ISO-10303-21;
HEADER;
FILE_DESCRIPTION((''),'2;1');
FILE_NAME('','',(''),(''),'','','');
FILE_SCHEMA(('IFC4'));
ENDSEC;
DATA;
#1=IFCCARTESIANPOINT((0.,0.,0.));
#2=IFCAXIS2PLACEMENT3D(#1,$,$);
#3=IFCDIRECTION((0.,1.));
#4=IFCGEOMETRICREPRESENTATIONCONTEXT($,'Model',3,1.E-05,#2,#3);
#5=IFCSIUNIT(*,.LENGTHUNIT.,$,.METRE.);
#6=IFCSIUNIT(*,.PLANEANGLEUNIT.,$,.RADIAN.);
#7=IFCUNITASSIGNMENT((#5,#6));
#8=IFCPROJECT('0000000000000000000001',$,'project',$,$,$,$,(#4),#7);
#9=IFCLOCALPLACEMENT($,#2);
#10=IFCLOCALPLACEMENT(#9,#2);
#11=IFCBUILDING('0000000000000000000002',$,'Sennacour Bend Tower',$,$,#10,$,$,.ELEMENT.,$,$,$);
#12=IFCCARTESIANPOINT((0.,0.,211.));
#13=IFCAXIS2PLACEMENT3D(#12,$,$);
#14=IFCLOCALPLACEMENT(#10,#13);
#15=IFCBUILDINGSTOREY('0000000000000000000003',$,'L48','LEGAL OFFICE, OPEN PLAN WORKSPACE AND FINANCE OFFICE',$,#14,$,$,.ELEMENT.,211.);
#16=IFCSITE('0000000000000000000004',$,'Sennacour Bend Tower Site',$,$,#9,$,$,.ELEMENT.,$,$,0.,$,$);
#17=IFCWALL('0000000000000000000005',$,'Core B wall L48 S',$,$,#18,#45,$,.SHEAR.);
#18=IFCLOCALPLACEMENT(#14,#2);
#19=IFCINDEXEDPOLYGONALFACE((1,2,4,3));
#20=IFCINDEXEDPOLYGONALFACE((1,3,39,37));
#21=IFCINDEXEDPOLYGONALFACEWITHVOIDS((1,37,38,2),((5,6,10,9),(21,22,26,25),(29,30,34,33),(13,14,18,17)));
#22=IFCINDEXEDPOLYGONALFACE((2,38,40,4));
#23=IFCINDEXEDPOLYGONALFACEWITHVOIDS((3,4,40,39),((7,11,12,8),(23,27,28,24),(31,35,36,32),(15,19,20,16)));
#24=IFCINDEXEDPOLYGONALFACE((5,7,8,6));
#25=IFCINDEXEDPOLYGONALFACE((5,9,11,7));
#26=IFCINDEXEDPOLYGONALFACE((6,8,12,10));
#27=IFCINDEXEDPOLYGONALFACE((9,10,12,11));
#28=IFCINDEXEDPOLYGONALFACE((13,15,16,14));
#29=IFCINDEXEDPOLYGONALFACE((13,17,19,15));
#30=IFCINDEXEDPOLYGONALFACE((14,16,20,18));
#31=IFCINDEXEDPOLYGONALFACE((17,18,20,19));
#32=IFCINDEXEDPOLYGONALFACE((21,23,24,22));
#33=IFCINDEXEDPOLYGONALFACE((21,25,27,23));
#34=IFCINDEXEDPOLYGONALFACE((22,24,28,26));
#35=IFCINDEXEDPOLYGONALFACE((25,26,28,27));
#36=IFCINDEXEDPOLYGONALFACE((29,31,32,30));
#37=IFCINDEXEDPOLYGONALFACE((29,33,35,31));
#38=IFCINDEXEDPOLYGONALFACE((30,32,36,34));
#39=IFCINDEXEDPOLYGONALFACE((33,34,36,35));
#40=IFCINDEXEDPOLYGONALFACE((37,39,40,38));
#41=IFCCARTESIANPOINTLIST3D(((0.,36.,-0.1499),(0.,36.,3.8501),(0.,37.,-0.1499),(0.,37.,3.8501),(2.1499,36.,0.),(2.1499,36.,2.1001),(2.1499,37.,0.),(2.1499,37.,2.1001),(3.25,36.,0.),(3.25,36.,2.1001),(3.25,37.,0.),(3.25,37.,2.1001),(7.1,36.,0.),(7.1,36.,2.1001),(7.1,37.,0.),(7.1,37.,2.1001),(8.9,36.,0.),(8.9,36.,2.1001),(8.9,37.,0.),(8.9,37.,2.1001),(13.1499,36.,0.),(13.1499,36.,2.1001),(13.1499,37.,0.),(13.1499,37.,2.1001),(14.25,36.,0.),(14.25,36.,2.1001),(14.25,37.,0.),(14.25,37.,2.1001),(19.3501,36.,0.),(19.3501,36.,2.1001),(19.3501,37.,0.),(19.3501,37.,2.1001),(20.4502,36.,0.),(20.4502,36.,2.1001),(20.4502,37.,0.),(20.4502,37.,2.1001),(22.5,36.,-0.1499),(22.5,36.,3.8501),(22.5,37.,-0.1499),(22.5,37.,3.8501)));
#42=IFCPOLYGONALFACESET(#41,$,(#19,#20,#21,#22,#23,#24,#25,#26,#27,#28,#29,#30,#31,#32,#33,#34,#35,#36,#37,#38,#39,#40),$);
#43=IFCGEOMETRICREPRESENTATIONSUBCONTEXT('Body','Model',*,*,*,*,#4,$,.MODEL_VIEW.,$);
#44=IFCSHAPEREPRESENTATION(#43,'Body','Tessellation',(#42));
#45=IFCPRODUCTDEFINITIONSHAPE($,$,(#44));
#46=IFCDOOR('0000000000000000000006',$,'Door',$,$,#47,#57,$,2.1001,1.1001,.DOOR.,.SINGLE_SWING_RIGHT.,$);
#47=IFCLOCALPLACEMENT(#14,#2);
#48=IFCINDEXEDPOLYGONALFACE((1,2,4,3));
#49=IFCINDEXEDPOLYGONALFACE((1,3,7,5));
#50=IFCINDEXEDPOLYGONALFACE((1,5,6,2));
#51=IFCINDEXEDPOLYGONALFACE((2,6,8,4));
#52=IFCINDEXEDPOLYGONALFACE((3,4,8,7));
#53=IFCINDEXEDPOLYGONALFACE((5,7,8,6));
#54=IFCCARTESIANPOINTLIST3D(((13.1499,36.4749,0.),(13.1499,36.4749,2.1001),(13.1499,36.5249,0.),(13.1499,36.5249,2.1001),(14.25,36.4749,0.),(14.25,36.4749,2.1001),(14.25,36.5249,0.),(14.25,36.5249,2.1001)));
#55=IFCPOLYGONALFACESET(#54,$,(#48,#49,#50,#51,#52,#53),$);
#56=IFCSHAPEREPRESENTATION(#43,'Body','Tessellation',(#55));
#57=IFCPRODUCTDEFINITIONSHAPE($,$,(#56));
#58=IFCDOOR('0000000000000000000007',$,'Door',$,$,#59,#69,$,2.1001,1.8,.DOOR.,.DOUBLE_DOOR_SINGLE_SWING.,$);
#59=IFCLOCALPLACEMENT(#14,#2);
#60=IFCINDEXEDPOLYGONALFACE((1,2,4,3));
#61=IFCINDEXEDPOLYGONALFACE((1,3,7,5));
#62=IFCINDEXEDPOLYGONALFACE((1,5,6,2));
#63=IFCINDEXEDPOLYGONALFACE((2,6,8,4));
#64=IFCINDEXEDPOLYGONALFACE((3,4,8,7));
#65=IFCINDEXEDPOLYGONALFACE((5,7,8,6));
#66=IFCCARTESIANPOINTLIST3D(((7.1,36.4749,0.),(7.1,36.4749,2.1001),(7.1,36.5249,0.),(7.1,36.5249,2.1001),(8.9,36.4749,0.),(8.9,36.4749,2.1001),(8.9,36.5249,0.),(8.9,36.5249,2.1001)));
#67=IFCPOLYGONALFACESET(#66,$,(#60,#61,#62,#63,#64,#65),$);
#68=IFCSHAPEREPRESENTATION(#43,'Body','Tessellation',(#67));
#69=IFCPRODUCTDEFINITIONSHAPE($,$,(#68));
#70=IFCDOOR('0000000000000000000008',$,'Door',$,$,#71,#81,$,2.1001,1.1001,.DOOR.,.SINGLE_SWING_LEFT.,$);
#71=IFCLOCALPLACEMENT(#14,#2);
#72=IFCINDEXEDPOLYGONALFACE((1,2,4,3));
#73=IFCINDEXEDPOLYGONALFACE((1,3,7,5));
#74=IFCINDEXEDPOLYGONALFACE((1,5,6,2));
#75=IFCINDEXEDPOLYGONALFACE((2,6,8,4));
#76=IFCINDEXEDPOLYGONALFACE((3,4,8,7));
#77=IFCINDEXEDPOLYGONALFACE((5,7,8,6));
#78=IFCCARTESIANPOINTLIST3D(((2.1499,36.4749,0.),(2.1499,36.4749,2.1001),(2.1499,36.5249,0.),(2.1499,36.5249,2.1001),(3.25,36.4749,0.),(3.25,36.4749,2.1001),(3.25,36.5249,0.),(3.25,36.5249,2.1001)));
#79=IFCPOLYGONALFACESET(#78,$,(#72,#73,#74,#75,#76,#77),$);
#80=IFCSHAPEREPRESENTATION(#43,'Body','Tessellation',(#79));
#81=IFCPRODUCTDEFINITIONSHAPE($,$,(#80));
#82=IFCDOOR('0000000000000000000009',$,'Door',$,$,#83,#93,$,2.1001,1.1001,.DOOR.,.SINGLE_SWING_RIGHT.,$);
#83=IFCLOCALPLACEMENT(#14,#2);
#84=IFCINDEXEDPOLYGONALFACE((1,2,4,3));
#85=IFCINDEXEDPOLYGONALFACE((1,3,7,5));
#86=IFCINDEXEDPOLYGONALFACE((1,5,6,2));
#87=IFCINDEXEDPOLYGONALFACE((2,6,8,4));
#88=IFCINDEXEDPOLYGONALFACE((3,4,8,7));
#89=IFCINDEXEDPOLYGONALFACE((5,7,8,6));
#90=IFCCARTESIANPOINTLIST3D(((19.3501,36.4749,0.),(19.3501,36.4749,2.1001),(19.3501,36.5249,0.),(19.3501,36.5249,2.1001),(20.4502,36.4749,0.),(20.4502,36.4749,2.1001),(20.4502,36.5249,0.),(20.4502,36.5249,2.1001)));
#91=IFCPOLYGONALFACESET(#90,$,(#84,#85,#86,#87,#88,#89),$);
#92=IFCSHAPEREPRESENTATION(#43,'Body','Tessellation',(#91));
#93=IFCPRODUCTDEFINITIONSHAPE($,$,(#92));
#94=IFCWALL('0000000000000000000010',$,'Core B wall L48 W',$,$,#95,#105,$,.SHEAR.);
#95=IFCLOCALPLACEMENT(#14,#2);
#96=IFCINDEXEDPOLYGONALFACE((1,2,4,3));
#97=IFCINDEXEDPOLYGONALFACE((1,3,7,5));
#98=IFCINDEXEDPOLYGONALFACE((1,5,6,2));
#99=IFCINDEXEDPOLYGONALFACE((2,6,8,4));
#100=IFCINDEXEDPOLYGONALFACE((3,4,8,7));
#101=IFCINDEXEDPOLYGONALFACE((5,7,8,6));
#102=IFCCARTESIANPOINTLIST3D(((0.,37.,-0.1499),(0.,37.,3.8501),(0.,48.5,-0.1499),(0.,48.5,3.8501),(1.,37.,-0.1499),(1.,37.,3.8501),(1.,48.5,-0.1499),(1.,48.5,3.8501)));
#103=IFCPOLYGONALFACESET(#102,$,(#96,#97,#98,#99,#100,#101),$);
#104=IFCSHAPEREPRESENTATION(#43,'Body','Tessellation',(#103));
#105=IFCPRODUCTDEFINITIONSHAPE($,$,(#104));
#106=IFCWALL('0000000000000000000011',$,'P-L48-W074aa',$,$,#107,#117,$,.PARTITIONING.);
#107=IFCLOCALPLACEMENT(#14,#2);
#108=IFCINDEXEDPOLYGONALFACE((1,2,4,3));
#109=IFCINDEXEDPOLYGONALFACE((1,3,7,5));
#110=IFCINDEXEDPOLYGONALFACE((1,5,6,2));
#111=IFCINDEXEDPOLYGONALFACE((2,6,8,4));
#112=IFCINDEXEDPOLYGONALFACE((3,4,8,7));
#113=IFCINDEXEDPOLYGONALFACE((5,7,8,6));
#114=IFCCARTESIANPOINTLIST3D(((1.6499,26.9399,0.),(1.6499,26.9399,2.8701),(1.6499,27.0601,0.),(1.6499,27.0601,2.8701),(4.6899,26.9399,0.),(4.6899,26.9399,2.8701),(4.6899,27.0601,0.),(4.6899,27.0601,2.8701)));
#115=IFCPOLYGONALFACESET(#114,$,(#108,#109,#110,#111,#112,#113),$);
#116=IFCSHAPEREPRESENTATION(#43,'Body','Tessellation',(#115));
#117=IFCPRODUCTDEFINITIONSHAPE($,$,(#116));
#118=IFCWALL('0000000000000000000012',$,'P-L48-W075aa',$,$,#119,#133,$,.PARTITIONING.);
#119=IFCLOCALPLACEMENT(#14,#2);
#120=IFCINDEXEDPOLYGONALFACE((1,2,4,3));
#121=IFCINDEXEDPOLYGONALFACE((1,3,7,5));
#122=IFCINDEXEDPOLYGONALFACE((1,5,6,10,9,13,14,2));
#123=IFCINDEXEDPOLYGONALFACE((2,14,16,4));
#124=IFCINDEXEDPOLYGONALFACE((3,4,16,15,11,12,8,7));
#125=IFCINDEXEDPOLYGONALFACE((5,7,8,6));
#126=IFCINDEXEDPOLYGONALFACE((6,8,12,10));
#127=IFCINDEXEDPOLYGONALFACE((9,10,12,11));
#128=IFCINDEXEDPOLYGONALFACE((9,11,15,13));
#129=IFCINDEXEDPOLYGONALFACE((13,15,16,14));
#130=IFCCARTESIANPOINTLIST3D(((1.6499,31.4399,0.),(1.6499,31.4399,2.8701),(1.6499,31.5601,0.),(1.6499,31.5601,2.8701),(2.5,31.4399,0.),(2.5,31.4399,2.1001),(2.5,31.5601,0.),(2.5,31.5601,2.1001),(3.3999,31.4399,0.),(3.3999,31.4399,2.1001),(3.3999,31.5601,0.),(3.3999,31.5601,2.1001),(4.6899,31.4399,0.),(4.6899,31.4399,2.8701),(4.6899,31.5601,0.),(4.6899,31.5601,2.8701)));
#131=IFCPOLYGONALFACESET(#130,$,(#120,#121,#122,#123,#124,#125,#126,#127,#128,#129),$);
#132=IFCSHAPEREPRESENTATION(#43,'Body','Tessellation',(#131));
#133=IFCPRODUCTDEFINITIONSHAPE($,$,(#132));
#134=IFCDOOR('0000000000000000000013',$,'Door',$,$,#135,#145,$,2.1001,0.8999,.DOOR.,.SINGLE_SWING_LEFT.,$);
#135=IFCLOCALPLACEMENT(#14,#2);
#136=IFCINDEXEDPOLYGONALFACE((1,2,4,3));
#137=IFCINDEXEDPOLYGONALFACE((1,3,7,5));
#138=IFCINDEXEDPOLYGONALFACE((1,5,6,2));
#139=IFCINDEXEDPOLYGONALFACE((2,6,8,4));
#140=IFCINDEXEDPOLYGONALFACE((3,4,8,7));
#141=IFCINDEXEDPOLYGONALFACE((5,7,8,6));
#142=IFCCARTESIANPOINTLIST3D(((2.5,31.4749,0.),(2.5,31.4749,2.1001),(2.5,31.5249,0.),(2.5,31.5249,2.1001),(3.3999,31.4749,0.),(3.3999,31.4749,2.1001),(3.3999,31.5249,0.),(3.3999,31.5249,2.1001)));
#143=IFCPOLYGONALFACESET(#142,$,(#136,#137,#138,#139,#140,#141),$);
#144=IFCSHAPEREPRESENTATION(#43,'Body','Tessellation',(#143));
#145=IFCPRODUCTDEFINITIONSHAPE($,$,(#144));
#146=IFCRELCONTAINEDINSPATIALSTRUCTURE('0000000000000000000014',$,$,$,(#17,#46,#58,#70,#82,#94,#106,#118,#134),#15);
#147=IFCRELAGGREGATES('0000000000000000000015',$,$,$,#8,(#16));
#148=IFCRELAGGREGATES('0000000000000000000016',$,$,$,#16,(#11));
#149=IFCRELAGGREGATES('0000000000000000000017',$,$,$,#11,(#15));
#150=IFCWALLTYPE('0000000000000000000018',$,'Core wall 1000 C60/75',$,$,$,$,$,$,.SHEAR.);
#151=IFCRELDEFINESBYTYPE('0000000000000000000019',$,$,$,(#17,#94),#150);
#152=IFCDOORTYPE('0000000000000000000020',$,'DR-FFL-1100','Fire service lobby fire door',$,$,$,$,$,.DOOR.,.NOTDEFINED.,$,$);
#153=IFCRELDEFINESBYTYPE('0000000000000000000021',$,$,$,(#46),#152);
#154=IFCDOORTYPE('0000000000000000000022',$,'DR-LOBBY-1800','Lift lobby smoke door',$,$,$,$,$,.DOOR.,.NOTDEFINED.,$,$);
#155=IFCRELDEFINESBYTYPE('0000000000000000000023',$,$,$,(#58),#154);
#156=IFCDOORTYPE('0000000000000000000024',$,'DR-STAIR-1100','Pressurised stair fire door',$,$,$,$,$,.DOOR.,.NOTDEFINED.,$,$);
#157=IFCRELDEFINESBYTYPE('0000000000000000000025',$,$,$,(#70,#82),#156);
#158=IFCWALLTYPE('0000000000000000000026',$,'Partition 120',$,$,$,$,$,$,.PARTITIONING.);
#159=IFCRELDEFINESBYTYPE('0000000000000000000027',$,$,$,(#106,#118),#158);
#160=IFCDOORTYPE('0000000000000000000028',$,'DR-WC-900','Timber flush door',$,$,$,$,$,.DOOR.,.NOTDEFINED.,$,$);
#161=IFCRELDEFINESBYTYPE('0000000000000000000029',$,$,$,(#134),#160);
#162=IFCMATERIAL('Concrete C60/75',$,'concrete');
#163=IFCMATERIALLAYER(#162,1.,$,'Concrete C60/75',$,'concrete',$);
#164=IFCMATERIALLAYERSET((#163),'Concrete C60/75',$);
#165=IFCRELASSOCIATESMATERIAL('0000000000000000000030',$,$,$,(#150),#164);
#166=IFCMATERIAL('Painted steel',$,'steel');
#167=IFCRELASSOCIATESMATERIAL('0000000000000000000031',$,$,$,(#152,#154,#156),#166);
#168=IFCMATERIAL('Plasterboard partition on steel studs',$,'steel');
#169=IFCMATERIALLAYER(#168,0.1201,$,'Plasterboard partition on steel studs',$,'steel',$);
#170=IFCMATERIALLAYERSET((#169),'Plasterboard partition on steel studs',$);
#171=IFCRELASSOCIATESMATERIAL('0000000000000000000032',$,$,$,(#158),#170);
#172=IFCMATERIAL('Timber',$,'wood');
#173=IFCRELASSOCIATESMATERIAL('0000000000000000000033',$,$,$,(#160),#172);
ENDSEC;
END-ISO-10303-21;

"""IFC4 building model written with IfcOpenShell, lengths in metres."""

from ifc_helpers import new_model, si_unit, direction, frame, frame_2d, origin, place, context, subcontext, project, spatial, rectangle, extrude, material, layer, layer_set, type_object, element, fill, save


model = new_model("IFC4")

# Units and contexts
model_context = context("Model", 3, precision=1e-05, world=origin(), true_north=direction((0.0, 1.0)))
body_context = subcontext(model_context, "Body", "Model", "MODEL_VIEW")
ifc_project = project(units=[si_unit("LENGTHUNIT", "METRE"), si_unit("PLANEANGLEUNIT", "RADIAN")], contexts=[model_context])

# Site, building, storey
site_placement = place(None, origin())
site = spatial("IfcSite", under=ifc_project, at=site_placement, Name="Sennacour Bend Tower Site", CompositionType="ELEMENT", RefElevation=0.0)
building_placement = place(site_placement, origin())
building = spatial("IfcBuilding", under=site, at=building_placement, Name="Sennacour Bend Tower", CompositionType="ELEMENT")
storey_placement = place(building_placement, frame((0.0, 0.0, 211.0)))
storey = spatial("IfcBuildingStorey", under=building, at=storey_placement, Name="L48", Description="LEGAL OFFICE, OPEN PLAN WORKSPACE AND FINANCE OFFICE", CompositionType="ELEMENT", Elevation=211.0)

# Wall, openings, doors
ifc_material_1 = material(Name="Concrete C60/75", Category="concrete")
ifc_layer_1 = layer(ifc_material_1, 1.0, Name="Concrete C60/75", Category="concrete")
ifc_layer_set_1 = layer_set([ifc_layer_1], Name="Concrete C60/75")
wall_type_1 = type_object("IfcWallType", Name="Core wall 1000 C60/75", PredefinedType="SHEAR", material=ifc_layer_set_1)
wall_1_placement = place(storey_placement, frame((0.0, 36.5, -0.1499), z_axis=(0.0, 0.0, 1.0), x_axis=(1.0, 0.0, 0.0)))
wall_1 = element("IfcWall", 1, at=wall_1_placement, inside=storey, type_object=wall_type_1, Name="Core B wall L48 S", PredefinedType="SHEAR", context=body_context, shape_type="SweptSolid", body=[
    extrude(rectangle(XDim=22.5, YDim=1.0, at=frame_2d((11.25, 0.0))), origin(), (0.0, 0.0, 1.0), 4.0),
])
opening_1_placement = place(wall_1_placement, frame((7.1001, 0.0, 0.1499)))
opening_1 = element("IfcOpeningElement", 2, at=opening_1_placement, cuts=wall_1, PredefinedType="OPENING", context=body_context, shape_type="SweptSolid", body=[
    extrude(rectangle(XDim=1.8, YDim=2.1001, at=frame_2d((0.8999, 1.05))), frame((0.0, 0.51, 0.0), z_axis=(0.0, -1.0, 0.0), x_axis=(1.0, 0.0, 0.0)), (0.0, 0.0, 1.0), 1.02),
])
opening_2_placement = place(wall_1_placement, frame((13.1499, 0.0, 0.1499)))
opening_2 = element("IfcOpeningElement", 3, at=opening_2_placement, cuts=wall_1, PredefinedType="OPENING", context=body_context, shape_type="SweptSolid", body=[
    extrude(rectangle(XDim=1.1001, YDim=2.1001, at=frame_2d((0.55, 1.05))), frame((0.0, 0.51, 0.0), z_axis=(0.0, -1.0, 0.0), x_axis=(1.0, 0.0, 0.0)), (0.0, 0.0, 1.0), 1.02),
])
opening_3_placement = place(wall_1_placement, frame((2.1499, 0.0, 0.1499)))
opening_3 = element("IfcOpeningElement", 4, at=opening_3_placement, cuts=wall_1, PredefinedType="OPENING", context=body_context, shape_type="SweptSolid", body=[
    extrude(rectangle(XDim=1.1001, YDim=2.1001, at=frame_2d((0.55, 1.05))), frame((0.0, 0.51, 0.0), z_axis=(0.0, -1.0, 0.0), x_axis=(1.0, 0.0, 0.0)), (0.0, 0.0, 1.0), 1.02),
])
opening_4_placement = place(wall_1_placement, frame((19.3501, 0.0, 0.1499)))
opening_4 = element("IfcOpeningElement", 5, at=opening_4_placement, cuts=wall_1, PredefinedType="OPENING", context=body_context, shape_type="SweptSolid", body=[
    extrude(rectangle(XDim=1.1001, YDim=2.1001, at=frame_2d((0.55, 1.05))), frame((0.0, 0.51, 0.0), z_axis=(0.0, -1.0, 0.0), x_axis=(1.0, 0.0, 0.0)), (0.0, 0.0, 1.0), 1.02),
])
ifc_material_2 = material(Name="Painted steel", Category="steel")
door_type_1 = type_object("IfcDoorType", Name="DR-FFL-1100", Description="Fire service lobby fire door", OperationType="NOTDEFINED", PredefinedType="DOOR", material=ifc_material_2)
door_1_placement = place(opening_2_placement, origin())
door_1 = element("IfcDoor", 6, at=door_1_placement, inside=storey, type_object=door_type_1, Name="Door", OperationType="SINGLE_SWING_RIGHT", OverallHeight=2.1001, OverallWidth=1.1001, PredefinedType="DOOR", context=body_context, shape_type="SweptSolid", body=[
    extrude(rectangle(XDim=1.1001, YDim=2.1001, at=frame_2d((0.55, 1.05))), frame((0.0, 0.0249, 0.0), z_axis=(0.0, -1.0, 0.0), x_axis=(1.0, 0.0, 0.0)), (0.0, 0.0, 1.0), 0.05),
])
fill(opening_2, door_1)
door_type_2 = type_object("IfcDoorType", Name="DR-LOBBY-1800", Description="Lift lobby smoke door", OperationType="NOTDEFINED", PredefinedType="DOOR", material=ifc_material_2)
door_2_placement = place(opening_1_placement, origin())
door_2 = element("IfcDoor", 7, at=door_2_placement, inside=storey, type_object=door_type_2, Name="Door", OperationType="DOUBLE_DOOR_SINGLE_SWING", OverallHeight=2.1001, OverallWidth=1.8, PredefinedType="DOOR", context=body_context, shape_type="SweptSolid", body=[
    extrude(rectangle(XDim=1.8, YDim=2.1001, at=frame_2d((0.8999, 1.05))), frame((0.0, 0.0249, 0.0), z_axis=(0.0, -1.0, 0.0), x_axis=(1.0, 0.0, 0.0)), (0.0, 0.0, 1.0), 0.05),
])
fill(opening_1, door_2)
door_type_3 = type_object("IfcDoorType", Name="DR-STAIR-1100", Description="Pressurised stair fire door", OperationType="NOTDEFINED", PredefinedType="DOOR", material=ifc_material_2)
door_3_placement = place(opening_3_placement, origin())
door_3 = element("IfcDoor", 8, at=door_3_placement, inside=storey, type_object=door_type_3, Name="Door", OperationType="SINGLE_SWING_LEFT", OverallHeight=2.1001, OverallWidth=1.1001, PredefinedType="DOOR", context=body_context, shape_type="SweptSolid", body=[
    extrude(rectangle(XDim=1.1001, YDim=2.1001, at=frame_2d((0.55, 1.05))), frame((0.0, 0.0249, 0.0), z_axis=(0.0, -1.0, 0.0), x_axis=(1.0, 0.0, 0.0)), (0.0, 0.0, 1.0), 0.05),
])
fill(opening_3, door_3)
door_4_placement = place(opening_4_placement, origin())
door_4 = element("IfcDoor", 9, at=door_4_placement, inside=storey, type_object=door_type_3, Name="Door", OperationType="SINGLE_SWING_RIGHT", OverallHeight=2.1001, OverallWidth=1.1001, PredefinedType="DOOR", context=body_context, shape_type="SweptSolid", body=[
    extrude(rectangle(XDim=1.1001, YDim=2.1001, at=frame_2d((0.55, 1.05))), frame((0.0, 0.0249, 0.0), z_axis=(0.0, -1.0, 0.0), x_axis=(1.0, 0.0, 0.0)), (0.0, 0.0, 1.0), 0.05),
])
fill(opening_4, door_4)

# Walls
wall_2_placement = place(storey_placement, frame((0.5, 37.0, -0.1499), z_axis=(0.0, 0.0, 1.0), x_axis=(0.0, 1.0, 0.0)))
element("IfcWall", 10, at=wall_2_placement, inside=storey, type_object=wall_type_1, Name="Core B wall L48 W", PredefinedType="SHEAR", context=body_context, shape_type="SweptSolid", body=[
    extrude(rectangle(XDim=11.5, YDim=1.0, at=frame_2d((5.75, 0.0))), origin(), (0.0, 0.0, 1.0), 4.0),
])
ifc_material_3 = material(Name="Plasterboard partition on steel studs", Category="steel")
ifc_layer_2 = layer(ifc_material_3, 0.1201, Name="Plasterboard partition on steel studs", Category="steel")
ifc_layer_set_2 = layer_set([ifc_layer_2], Name="Plasterboard partition on steel studs")
wall_type_2 = type_object("IfcWallType", Name="Partition 120", PredefinedType="PARTITIONING", material=ifc_layer_set_2)
wall_3_placement = place(storey_placement, frame((1.6499, 27.0, 0.0), z_axis=(0.0, 0.0, 1.0), x_axis=(1.0, 0.0, 0.0)))
element("IfcWall", 11, at=wall_3_placement, inside=storey, type_object=wall_type_2, Name="P-L48-W074aa", PredefinedType="PARTITIONING", context=body_context, shape_type="SweptSolid", body=[
    extrude(rectangle(XDim=3.04, YDim=0.1201, at=frame_2d((1.52, 0.0))), origin(), (0.0, 0.0, 1.0), 2.8701),
])

# Wall, opening, door
wall_4_placement = place(storey_placement, frame((1.6499, 31.5, 0.0), z_axis=(0.0, 0.0, 1.0), x_axis=(1.0, 0.0, 0.0)))
wall_4 = element("IfcWall", 12, at=wall_4_placement, inside=storey, type_object=wall_type_2, Name="P-L48-W075aa", PredefinedType="PARTITIONING", context=body_context, shape_type="SweptSolid", body=[
    extrude(rectangle(XDim=3.04, YDim=0.1201, at=frame_2d((1.52, 0.0))), origin(), (0.0, 0.0, 1.0), 2.8701),
])
opening_5_placement = place(wall_4_placement, frame((0.8501, 0.0, 0.0)))
opening_5 = element("IfcOpeningElement", 13, at=opening_5_placement, cuts=wall_4, PredefinedType="OPENING", context=body_context, shape_type="SweptSolid", body=[
    extrude(rectangle(XDim=0.8999, YDim=2.1001, at=frame_2d((0.45, 1.05))), frame((0.0, 0.0701, 0.0), z_axis=(0.0, -1.0, 0.0), x_axis=(1.0, 0.0, 0.0)), (0.0, 0.0, 1.0), 0.1401),
])
ifc_material_4 = material(Name="Timber", Category="wood")
door_type_4 = type_object("IfcDoorType", Name="DR-WC-900", Description="Timber flush door", OperationType="NOTDEFINED", PredefinedType="DOOR", material=ifc_material_4)
door_5_placement = place(opening_5_placement, origin())
door_5 = element("IfcDoor", 14, at=door_5_placement, inside=storey, type_object=door_type_4, Name="Door", OperationType="SINGLE_SWING_LEFT", OverallHeight=2.1001, OverallWidth=0.8999, PredefinedType="DOOR", context=body_context, shape_type="SweptSolid", body=[
    extrude(rectangle(XDim=0.8999, YDim=2.1001, at=frame_2d((0.45, 1.05))), frame((0.0, 0.0249, 0.0), z_axis=(0.0, -1.0, 0.0), x_axis=(1.0, 0.0, 0.0)), (0.0, 0.0, 1.0), 0.05),
])
fill(opening_5, door_5)

save(model, "model.ifc")
